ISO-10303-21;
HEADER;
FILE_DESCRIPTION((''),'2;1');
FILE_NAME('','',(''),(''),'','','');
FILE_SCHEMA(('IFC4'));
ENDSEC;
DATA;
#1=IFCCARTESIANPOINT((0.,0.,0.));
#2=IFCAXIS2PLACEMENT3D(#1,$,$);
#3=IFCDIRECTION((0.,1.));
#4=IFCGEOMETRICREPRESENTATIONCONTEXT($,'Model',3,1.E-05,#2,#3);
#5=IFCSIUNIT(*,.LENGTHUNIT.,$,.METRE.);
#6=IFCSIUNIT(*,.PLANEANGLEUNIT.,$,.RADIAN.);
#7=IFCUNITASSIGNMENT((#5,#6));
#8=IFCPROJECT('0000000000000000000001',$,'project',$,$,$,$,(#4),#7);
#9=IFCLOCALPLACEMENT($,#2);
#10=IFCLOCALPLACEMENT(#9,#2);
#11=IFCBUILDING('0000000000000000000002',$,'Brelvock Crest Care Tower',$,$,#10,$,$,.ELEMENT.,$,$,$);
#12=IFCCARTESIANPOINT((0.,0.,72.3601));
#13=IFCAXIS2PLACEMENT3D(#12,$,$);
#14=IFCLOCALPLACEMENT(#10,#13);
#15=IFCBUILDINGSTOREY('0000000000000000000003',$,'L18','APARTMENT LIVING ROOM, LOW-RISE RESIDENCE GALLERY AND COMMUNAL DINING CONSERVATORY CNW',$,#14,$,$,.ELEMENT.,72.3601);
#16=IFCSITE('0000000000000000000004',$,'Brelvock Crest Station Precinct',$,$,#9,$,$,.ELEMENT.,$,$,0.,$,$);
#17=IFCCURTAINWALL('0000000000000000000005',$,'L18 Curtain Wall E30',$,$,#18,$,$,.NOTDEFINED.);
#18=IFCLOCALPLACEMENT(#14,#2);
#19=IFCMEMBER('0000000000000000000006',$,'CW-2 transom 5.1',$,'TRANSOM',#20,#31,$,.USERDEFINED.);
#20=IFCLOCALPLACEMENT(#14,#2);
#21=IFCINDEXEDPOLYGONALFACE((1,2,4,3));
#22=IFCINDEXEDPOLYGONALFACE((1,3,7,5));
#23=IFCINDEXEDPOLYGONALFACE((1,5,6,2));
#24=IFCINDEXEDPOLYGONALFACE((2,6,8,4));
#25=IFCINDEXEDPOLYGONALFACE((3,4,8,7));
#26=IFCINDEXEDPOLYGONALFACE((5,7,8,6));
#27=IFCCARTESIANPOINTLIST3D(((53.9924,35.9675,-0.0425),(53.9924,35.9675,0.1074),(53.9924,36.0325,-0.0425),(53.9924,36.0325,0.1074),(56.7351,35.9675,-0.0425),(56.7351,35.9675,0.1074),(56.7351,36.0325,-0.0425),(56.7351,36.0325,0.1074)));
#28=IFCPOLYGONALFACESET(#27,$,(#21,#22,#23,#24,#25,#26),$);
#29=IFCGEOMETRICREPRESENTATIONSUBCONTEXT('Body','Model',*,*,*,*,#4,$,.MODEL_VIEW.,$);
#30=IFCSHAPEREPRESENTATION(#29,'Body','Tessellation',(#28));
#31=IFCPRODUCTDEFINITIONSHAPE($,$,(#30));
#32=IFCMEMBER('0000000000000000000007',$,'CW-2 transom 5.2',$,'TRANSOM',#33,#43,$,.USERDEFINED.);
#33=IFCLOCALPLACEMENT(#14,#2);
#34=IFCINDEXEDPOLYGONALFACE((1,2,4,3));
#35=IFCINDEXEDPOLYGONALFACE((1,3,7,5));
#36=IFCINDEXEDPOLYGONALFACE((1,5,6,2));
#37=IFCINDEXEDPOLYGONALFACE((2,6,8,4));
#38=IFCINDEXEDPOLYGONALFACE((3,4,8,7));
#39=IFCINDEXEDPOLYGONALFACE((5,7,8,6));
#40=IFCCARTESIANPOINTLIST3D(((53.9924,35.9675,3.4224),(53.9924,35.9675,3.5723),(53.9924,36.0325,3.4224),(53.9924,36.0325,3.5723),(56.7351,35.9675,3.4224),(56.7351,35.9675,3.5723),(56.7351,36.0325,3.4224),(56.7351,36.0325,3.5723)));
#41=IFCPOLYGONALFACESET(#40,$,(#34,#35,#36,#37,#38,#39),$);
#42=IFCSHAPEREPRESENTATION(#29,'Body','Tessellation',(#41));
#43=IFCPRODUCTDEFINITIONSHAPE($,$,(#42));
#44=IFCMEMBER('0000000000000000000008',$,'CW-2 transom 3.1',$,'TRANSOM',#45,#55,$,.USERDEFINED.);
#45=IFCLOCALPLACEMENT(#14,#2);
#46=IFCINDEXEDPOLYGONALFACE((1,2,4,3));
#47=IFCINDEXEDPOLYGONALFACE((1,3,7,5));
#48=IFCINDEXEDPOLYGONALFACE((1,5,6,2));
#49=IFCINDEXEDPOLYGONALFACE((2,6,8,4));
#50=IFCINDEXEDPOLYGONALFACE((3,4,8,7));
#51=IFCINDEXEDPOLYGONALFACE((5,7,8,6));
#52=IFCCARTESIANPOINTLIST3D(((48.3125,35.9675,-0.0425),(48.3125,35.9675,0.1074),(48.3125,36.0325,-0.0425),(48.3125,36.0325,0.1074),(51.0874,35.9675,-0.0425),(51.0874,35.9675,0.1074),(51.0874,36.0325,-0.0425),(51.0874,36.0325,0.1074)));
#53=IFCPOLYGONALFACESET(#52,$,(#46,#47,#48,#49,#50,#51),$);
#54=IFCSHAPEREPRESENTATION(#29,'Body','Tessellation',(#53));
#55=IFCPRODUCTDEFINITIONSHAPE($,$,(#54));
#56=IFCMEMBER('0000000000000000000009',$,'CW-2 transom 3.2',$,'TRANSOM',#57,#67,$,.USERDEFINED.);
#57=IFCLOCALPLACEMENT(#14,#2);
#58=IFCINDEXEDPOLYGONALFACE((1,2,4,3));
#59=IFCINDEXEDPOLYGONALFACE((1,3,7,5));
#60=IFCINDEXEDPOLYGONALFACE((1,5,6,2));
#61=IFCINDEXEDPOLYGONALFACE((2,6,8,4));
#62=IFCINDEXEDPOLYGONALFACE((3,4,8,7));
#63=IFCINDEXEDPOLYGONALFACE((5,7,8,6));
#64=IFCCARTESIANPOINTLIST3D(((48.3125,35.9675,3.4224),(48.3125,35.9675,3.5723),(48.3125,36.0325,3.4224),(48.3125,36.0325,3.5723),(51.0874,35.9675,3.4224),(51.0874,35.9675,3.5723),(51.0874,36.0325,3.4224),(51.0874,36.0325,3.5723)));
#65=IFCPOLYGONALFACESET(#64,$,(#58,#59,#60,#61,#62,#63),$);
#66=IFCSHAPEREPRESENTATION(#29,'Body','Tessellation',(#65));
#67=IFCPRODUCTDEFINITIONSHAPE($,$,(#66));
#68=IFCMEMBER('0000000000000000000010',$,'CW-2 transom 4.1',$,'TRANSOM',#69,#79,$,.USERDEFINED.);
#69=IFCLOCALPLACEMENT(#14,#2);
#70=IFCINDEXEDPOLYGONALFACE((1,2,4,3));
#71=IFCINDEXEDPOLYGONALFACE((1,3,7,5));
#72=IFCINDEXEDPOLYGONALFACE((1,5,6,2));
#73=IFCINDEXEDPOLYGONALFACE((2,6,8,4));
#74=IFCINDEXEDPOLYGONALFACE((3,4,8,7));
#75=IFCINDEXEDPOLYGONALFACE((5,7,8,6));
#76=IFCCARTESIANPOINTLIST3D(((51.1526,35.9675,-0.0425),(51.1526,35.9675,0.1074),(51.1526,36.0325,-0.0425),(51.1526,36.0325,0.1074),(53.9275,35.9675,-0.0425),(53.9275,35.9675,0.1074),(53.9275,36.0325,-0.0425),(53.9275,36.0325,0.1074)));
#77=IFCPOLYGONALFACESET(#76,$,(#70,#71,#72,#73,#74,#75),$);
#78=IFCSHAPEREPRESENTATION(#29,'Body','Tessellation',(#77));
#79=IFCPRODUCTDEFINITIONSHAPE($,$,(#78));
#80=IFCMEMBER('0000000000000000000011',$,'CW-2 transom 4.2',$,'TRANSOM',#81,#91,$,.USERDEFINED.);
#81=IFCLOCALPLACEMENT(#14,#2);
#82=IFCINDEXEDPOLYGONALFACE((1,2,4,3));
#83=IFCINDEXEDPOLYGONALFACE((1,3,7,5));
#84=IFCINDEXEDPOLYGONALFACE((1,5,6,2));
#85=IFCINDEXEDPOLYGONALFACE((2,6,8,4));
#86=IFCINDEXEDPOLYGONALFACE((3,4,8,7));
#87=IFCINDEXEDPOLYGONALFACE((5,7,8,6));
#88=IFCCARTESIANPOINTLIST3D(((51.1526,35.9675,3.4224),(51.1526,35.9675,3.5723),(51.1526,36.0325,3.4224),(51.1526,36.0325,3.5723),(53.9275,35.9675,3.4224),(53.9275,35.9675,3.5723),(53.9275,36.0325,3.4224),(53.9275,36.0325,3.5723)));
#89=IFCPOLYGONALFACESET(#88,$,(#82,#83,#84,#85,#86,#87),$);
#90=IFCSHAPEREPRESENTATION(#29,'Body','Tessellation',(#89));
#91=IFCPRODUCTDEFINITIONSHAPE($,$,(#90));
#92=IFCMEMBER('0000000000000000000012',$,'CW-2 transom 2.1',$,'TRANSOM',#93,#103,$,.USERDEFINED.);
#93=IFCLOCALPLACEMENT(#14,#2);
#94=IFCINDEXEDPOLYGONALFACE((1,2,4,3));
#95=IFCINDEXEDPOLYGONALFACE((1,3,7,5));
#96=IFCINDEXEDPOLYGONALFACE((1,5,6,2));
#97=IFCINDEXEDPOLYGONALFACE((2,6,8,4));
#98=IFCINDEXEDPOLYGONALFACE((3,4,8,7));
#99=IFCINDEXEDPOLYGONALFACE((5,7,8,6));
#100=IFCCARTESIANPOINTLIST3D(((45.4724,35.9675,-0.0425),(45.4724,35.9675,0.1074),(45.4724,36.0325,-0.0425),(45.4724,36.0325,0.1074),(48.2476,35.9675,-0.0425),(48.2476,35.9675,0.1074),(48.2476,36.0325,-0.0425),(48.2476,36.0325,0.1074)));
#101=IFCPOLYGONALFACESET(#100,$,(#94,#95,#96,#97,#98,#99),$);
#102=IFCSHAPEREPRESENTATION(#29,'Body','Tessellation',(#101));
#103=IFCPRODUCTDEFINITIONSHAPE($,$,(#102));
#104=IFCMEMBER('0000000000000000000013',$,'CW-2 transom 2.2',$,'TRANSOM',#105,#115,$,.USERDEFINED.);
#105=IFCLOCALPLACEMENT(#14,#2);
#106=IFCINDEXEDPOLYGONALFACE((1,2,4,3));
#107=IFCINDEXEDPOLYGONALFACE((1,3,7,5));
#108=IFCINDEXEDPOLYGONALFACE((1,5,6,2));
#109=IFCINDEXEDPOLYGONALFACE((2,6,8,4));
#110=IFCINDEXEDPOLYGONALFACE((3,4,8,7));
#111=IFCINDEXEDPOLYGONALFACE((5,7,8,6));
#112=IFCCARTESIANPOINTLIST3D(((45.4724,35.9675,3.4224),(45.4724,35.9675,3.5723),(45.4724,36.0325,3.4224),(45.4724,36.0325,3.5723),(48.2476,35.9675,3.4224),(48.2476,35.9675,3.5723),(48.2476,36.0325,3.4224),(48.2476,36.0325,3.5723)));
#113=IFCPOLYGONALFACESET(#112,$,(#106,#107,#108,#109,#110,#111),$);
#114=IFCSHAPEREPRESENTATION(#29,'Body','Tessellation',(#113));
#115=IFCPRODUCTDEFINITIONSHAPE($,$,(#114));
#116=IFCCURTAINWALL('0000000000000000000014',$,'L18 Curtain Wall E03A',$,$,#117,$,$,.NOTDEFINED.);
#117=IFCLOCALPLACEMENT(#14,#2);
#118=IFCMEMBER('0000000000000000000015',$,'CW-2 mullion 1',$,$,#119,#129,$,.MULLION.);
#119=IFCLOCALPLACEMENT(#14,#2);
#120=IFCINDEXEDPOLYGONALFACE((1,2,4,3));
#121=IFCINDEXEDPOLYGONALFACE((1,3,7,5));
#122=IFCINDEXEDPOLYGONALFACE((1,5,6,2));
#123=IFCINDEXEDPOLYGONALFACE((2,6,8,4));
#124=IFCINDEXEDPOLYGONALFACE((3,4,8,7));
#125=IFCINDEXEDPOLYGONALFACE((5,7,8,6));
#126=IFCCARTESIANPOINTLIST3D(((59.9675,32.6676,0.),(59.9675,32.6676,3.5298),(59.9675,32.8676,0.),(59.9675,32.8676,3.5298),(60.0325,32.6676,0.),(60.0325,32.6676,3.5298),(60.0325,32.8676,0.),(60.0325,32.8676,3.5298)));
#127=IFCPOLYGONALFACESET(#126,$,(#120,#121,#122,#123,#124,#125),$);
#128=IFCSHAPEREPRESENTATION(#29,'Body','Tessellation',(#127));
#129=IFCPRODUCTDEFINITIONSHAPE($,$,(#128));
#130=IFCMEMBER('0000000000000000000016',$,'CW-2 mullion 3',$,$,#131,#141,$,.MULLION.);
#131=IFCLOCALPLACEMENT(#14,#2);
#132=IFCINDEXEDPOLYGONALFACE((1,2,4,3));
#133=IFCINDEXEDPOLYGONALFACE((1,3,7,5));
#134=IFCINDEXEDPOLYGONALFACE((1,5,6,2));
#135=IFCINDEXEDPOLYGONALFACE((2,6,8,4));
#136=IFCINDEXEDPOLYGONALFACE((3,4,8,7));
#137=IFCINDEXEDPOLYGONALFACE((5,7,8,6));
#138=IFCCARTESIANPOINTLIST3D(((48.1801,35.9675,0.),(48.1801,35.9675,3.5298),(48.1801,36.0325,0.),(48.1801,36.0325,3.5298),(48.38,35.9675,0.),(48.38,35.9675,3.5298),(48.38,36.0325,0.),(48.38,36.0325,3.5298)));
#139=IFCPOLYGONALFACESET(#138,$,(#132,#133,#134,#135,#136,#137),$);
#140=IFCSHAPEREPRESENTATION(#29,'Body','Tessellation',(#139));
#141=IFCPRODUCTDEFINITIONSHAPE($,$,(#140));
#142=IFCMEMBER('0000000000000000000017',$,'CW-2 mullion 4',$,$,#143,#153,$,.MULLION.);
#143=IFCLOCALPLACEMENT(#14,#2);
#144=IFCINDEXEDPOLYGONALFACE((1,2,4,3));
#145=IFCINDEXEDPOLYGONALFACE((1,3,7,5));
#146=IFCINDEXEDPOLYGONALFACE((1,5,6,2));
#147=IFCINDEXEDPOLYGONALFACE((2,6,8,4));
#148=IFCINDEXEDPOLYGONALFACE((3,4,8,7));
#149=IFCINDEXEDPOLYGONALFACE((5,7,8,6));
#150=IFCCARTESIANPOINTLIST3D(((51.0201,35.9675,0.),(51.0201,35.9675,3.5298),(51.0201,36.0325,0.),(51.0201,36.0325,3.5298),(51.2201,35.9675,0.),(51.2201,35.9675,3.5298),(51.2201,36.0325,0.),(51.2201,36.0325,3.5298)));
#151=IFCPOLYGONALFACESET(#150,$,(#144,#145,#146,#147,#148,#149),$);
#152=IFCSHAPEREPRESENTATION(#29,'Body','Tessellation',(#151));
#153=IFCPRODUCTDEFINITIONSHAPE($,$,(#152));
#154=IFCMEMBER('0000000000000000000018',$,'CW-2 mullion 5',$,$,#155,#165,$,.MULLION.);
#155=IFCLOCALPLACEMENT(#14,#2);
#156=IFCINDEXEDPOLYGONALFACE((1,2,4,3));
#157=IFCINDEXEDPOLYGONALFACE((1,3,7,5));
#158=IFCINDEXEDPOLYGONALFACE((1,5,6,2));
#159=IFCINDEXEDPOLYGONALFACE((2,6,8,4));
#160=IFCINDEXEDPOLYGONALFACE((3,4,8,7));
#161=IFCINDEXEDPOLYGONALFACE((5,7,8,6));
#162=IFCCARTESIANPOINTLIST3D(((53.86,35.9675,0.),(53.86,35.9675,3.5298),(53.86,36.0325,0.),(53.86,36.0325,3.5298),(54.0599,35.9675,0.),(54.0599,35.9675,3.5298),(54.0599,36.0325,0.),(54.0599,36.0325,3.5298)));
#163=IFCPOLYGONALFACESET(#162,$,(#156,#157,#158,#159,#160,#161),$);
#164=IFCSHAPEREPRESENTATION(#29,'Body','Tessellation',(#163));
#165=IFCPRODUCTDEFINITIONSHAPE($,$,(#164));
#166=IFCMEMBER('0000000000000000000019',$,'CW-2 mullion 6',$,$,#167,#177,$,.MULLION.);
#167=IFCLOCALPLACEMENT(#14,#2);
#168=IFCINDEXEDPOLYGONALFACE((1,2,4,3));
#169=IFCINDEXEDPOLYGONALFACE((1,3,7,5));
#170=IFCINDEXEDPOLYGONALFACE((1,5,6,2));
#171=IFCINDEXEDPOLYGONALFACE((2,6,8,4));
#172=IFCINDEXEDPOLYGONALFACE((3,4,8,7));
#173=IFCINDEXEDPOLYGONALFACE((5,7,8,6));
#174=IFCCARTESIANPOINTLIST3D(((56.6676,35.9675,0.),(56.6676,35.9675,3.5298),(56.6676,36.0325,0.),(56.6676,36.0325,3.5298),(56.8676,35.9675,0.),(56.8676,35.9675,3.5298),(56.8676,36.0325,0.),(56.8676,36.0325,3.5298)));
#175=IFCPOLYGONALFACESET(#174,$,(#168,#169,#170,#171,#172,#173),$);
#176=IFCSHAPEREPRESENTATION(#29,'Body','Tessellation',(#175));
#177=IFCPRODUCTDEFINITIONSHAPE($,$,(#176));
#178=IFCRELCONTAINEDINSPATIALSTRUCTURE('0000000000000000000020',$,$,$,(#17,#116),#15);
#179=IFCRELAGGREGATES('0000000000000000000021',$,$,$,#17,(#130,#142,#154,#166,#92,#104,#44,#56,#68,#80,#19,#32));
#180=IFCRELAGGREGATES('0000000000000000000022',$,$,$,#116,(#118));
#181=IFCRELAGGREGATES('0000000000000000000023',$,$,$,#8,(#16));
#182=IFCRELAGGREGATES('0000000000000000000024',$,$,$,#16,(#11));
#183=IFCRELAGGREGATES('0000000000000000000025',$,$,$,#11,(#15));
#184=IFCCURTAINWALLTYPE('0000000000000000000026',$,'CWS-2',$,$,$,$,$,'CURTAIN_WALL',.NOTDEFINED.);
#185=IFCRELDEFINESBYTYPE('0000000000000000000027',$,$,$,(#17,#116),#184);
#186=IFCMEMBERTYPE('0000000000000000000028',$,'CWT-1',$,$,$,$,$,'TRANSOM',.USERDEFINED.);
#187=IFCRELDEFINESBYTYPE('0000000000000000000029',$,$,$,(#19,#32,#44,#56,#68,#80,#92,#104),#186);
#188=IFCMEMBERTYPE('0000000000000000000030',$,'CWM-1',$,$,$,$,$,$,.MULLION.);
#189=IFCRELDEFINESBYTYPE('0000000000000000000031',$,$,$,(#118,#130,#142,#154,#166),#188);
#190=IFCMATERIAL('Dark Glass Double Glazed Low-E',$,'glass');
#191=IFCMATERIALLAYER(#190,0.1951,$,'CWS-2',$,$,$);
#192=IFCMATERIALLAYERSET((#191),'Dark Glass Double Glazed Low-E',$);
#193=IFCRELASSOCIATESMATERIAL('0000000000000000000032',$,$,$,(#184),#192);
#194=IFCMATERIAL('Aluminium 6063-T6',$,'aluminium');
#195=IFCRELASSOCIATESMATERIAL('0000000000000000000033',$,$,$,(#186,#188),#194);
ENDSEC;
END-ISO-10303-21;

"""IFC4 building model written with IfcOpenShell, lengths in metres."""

from ifc_helpers import new_model, si_unit, direction, frame, origin, origin_2d, place, context, subcontext, project, spatial, rectangle, extrude, source, transform, mapped, material, layer, layer_set, material_profile, profile_set, type_object, element, aggregate, save


model = new_model("IFC4")

# Units and contexts
model_context = context("Model", 3, precision=1e-05, world=origin(), true_north=direction((0.0, 1.0)))
body_context = subcontext(model_context, "Body", "Model", "MODEL_VIEW")
ifc_project = project(units=[si_unit("LENGTHUNIT", "METRE"), si_unit("PLANEANGLEUNIT", "RADIAN")], contexts=[model_context])

# Site, building, storey
site_placement = place(None, origin())
site = spatial("IfcSite", under=ifc_project, at=site_placement, Name="Brelvock Crest Station Precinct", CompositionType="ELEMENT", RefElevation=0.0)
building_placement = place(site_placement, origin())
building = spatial("IfcBuilding", under=site, at=building_placement, Name="Brelvock Crest Care Tower", CompositionType="ELEMENT")
storey_placement = place(building_placement, frame((0.0, 0.0, 72.3601)))
storey = spatial("IfcBuildingStorey", under=building, at=storey_placement, Name="L18", Description="APARTMENT LIVING ROOM, LOW-RISE RESIDENCE GALLERY AND COMMUNAL DINING CONSERVATORY CNW", CompositionType="ELEMENT", Elevation=72.3601)

# Curtain wall, members
ifc_material_1 = material(Name="Dark Glass Double Glazed Low-E", Category="glass")
ifc_layer_1 = layer(ifc_material_1, 0.1951, Name="CWS-2")
ifc_layer_set_1 = layer_set([ifc_layer_1], Name="Dark Glass Double Glazed Low-E")
curtain_wall_type = type_object("IfcCurtainWallType", Name="CWS-2", ElementType="CURTAIN_WALL", PredefinedType="NOTDEFINED", material=ifc_layer_set_1)
curtain_wall_1_placement = place(storey_placement, origin())
curtain_wall_1 = element("IfcCurtainWall", 1, at=curtain_wall_1_placement, inside=storey, type_object=curtain_wall_type, Name="L18 Curtain Wall E30", PredefinedType="NOTDEFINED")
ifc_material_2 = material(Name="Aluminium 6063-T6", Category="aluminium")
ifc_material_profile_1 = material_profile(ifc_material_2, rectangle(XDim=0.0649, YDim=0.1499, at=origin_2d()), Name="ALU65x150")
ifc_profile_set_1 = profile_set([ifc_material_profile_1], Name="Aluminium 6063-T6")
member_type_1 = type_object("IfcMemberType", Name="CWT-1", ElementType="TRANSOM", PredefinedType="USERDEFINED", material=ifc_profile_set_1)
shared_shape_1 = source(origin(), body_context, "Body", "SweptSolid", [
    extrude(rectangle(XDim=0.0649, YDim=0.1499, at=origin_2d()), origin(), (0.0, 0.0, 1.0), 2.7427),
])
member_1_placement = place(storey_placement, frame((53.9924, 36.0, 0.0325), z_axis=(1.0, 0.0, 0.0), x_axis=(0.0, 1.0, 0.0)))
member_1 = element("IfcMember", 2, at=member_1_placement, type_object=member_type_1, Name="CW-2 transom 5.1", ObjectType="TRANSOM", PredefinedType="USERDEFINED", context=body_context, shape_type="MappedRepresentation", body=[
    mapped(shared_shape_1, transform((0.0, 0.0, 0.0), x_axis=(1.0, 0.0, 0.0), y_axis=(0.0, 1.0, 0.0), z_axis=(0.0, 0.0, 1.0), scale=1.0)),
])
member_2_placement = place(storey_placement, frame((53.9924, 36.0, 3.4973), z_axis=(1.0, 0.0, 0.0), x_axis=(0.0, 1.0, 0.0)))
member_2 = element("IfcMember", 3, at=member_2_placement, type_object=member_type_1, Name="CW-2 transom 5.2", ObjectType="TRANSOM", PredefinedType="USERDEFINED", context=body_context, shape_type="MappedRepresentation", body=[
    mapped(shared_shape_1, transform((0.0, 0.0, 0.0), x_axis=(1.0, 0.0, 0.0), y_axis=(0.0, 1.0, 0.0), z_axis=(0.0, 0.0, 1.0), scale=1.0)),
])
shared_shape_2 = source(origin(), body_context, "Body", "SweptSolid", [
    extrude(rectangle(XDim=0.0649, YDim=0.1499, at=origin_2d()), origin(), (0.0, 0.0, 1.0), 2.7749),
])
member_3_placement = place(storey_placement, frame((48.3125, 36.0, 0.0325), z_axis=(1.0, 0.0, 0.0), x_axis=(0.0, 1.0, 0.0)))
member_3 = element("IfcMember", 4, at=member_3_placement, type_object=member_type_1, Name="CW-2 transom 3.1", ObjectType="TRANSOM", PredefinedType="USERDEFINED", context=body_context, shape_type="MappedRepresentation", body=[
    mapped(shared_shape_2, transform((0.0, 0.0, 0.0), x_axis=(1.0, 0.0, 0.0), y_axis=(0.0, 1.0, 0.0), z_axis=(0.0, 0.0, 1.0), scale=1.0)),
])
member_4_placement = place(storey_placement, frame((48.3125, 36.0, 3.4973), z_axis=(1.0, 0.0, 0.0), x_axis=(0.0, 1.0, 0.0)))
member_4 = element("IfcMember", 5, at=member_4_placement, type_object=member_type_1, Name="CW-2 transom 3.2", ObjectType="TRANSOM", PredefinedType="USERDEFINED", context=body_context, shape_type="MappedRepresentation", body=[
    mapped(shared_shape_2, transform((0.0, 0.0, 0.0), x_axis=(1.0, 0.0, 0.0), y_axis=(0.0, 1.0, 0.0), z_axis=(0.0, 0.0, 1.0), scale=1.0)),
])
member_5_placement = place(storey_placement, frame((51.1526, 36.0, 0.0325), z_axis=(1.0, 0.0, 0.0), x_axis=(0.0, 1.0, 0.0)))
member_5 = element("IfcMember", 6, at=member_5_placement, type_object=member_type_1, Name="CW-2 transom 4.1", ObjectType="TRANSOM", PredefinedType="USERDEFINED", context=body_context, shape_type="MappedRepresentation", body=[
    mapped(shared_shape_2, transform((0.0, 0.0, 0.0), x_axis=(1.0, 0.0, 0.0), y_axis=(0.0, 1.0, 0.0), z_axis=(0.0, 0.0, 1.0), scale=1.0)),
])
member_6_placement = place(storey_placement, frame((51.1526, 36.0, 3.4973), z_axis=(1.0, 0.0, 0.0), x_axis=(0.0, 1.0, 0.0)))
member_6 = element("IfcMember", 7, at=member_6_placement, type_object=member_type_1, Name="CW-2 transom 4.2", ObjectType="TRANSOM", PredefinedType="USERDEFINED", context=body_context, shape_type="MappedRepresentation", body=[
    mapped(shared_shape_2, transform((0.0, 0.0, 0.0), x_axis=(1.0, 0.0, 0.0), y_axis=(0.0, 1.0, 0.0), z_axis=(0.0, 0.0, 1.0), scale=1.0)),
])
shared_shape_3 = source(origin(), body_context, "Body", "SweptSolid", [
    extrude(rectangle(XDim=0.0649, YDim=0.1499, at=origin_2d()), origin(), (0.0, 0.0, 1.0), 2.7751),
])
member_7_placement = place(storey_placement, frame((45.4724, 36.0, 0.0325), z_axis=(1.0, 0.0, 0.0), x_axis=(0.0, 1.0, 0.0)))
member_7 = element("IfcMember", 8, at=member_7_placement, type_object=member_type_1, Name="CW-2 transom 2.1", ObjectType="TRANSOM", PredefinedType="USERDEFINED", context=body_context, shape_type="MappedRepresentation", body=[
    mapped(shared_shape_3, transform((0.0, 0.0, 0.0), x_axis=(1.0, 0.0, 0.0), y_axis=(0.0, 1.0, 0.0), z_axis=(0.0, 0.0, 1.0), scale=1.0)),
])
member_8_placement = place(storey_placement, frame((45.4724, 36.0, 3.4973), z_axis=(1.0, 0.0, 0.0), x_axis=(0.0, 1.0, 0.0)))
member_8 = element("IfcMember", 9, at=member_8_placement, type_object=member_type_1, Name="CW-2 transom 2.2", ObjectType="TRANSOM", PredefinedType="USERDEFINED", context=body_context, shape_type="MappedRepresentation", body=[
    mapped(shared_shape_3, transform((0.0, 0.0, 0.0), x_axis=(1.0, 0.0, 0.0), y_axis=(0.0, 1.0, 0.0), z_axis=(0.0, 0.0, 1.0), scale=1.0)),
])

# Curtain wall, member
curtain_wall_2_placement = place(storey_placement, origin())
curtain_wall_2 = element("IfcCurtainWall", 10, at=curtain_wall_2_placement, inside=storey, type_object=curtain_wall_type, Name="L18 Curtain Wall E03A", PredefinedType="NOTDEFINED")
ifc_material_profile_2 = material_profile(ifc_material_2, rectangle(XDim=0.0649, YDim=0.2, at=origin_2d()), Name="ALU65x200")
ifc_profile_set_2 = profile_set([ifc_material_profile_2], Name="Aluminium 6063-T6")
member_type_2 = type_object("IfcMemberType", Name="CWM-1", PredefinedType="MULLION", material=ifc_profile_set_2)
shared_shape_4 = source(origin(), body_context, "Body", "SweptSolid", [
    extrude(rectangle(XDim=0.0649, YDim=0.2, at=origin_2d()), origin(), (0.0, 0.0, 1.0), 3.5298),
])
member_9_placement = place(storey_placement, frame((60.0, 32.7676, 0.0), z_axis=(0.0, 0.0, 1.0), x_axis=(1.0, 0.0, 0.0)))
member_9 = element("IfcMember", 11, at=member_9_placement, type_object=member_type_2, Name="CW-2 mullion 1", PredefinedType="MULLION", context=body_context, shape_type="MappedRepresentation", body=[
    mapped(shared_shape_4, transform((0.0, 0.0, 0.0), x_axis=(1.0, 0.0, 0.0), y_axis=(0.0, 1.0, 0.0), z_axis=(0.0, 0.0, 1.0), scale=1.0)),
])

# Members
member_10_placement = place(storey_placement, frame((48.28, 36.0, 0.0), z_axis=(0.0, 0.0, 1.0), x_axis=(0.0, 1.0, 0.0)))
member_10 = element("IfcMember", 12, at=member_10_placement, type_object=member_type_2, Name="CW-2 mullion 3", PredefinedType="MULLION", context=body_context, shape_type="MappedRepresentation", body=[
    mapped(shared_shape_4, transform((0.0, 0.0, 0.0), x_axis=(1.0, 0.0, 0.0), y_axis=(0.0, 1.0, 0.0), z_axis=(0.0, 0.0, 1.0), scale=1.0)),
])
member_11_placement = place(storey_placement, frame((51.1201, 36.0, 0.0), z_axis=(0.0, 0.0, 1.0), x_axis=(0.0, 1.0, 0.0)))
member_11 = element("IfcMember", 13, at=member_11_placement, type_object=member_type_2, Name="CW-2 mullion 4", PredefinedType="MULLION", context=body_context, shape_type="MappedRepresentation", body=[
    mapped(shared_shape_4, transform((0.0, 0.0, 0.0), x_axis=(1.0, 0.0, 0.0), y_axis=(0.0, 1.0, 0.0), z_axis=(0.0, 0.0, 1.0), scale=1.0)),
])
member_12_placement = place(storey_placement, frame((53.96, 36.0, 0.0), z_axis=(0.0, 0.0, 1.0), x_axis=(0.0, 1.0, 0.0)))
member_12 = element("IfcMember", 14, at=member_12_placement, type_object=member_type_2, Name="CW-2 mullion 5", PredefinedType="MULLION", context=body_context, shape_type="MappedRepresentation", body=[
    mapped(shared_shape_4, transform((0.0, 0.0, 0.0), x_axis=(1.0, 0.0, 0.0), y_axis=(0.0, 1.0, 0.0), z_axis=(0.0, 0.0, 1.0), scale=1.0)),
])
member_13_placement = place(storey_placement, frame((56.7676, 36.0, 0.0), z_axis=(0.0, 0.0, 1.0), x_axis=(0.0, 1.0, 0.0)))
member_13 = element("IfcMember", 15, at=member_13_placement, type_object=member_type_2, Name="CW-2 mullion 6", PredefinedType="MULLION", context=body_context, shape_type="MappedRepresentation", body=[
    mapped(shared_shape_4, transform((0.0, 0.0, 0.0), x_axis=(1.0, 0.0, 0.0), y_axis=(0.0, 1.0, 0.0), z_axis=(0.0, 0.0, 1.0), scale=1.0)),
])

aggregate(curtain_wall_1, [member_10, member_11, member_12, member_13, member_7, member_8, member_3, member_4, member_5, member_6, member_1, member_2])
aggregate(curtain_wall_2, [member_9])

save(model, "model.ifc")
